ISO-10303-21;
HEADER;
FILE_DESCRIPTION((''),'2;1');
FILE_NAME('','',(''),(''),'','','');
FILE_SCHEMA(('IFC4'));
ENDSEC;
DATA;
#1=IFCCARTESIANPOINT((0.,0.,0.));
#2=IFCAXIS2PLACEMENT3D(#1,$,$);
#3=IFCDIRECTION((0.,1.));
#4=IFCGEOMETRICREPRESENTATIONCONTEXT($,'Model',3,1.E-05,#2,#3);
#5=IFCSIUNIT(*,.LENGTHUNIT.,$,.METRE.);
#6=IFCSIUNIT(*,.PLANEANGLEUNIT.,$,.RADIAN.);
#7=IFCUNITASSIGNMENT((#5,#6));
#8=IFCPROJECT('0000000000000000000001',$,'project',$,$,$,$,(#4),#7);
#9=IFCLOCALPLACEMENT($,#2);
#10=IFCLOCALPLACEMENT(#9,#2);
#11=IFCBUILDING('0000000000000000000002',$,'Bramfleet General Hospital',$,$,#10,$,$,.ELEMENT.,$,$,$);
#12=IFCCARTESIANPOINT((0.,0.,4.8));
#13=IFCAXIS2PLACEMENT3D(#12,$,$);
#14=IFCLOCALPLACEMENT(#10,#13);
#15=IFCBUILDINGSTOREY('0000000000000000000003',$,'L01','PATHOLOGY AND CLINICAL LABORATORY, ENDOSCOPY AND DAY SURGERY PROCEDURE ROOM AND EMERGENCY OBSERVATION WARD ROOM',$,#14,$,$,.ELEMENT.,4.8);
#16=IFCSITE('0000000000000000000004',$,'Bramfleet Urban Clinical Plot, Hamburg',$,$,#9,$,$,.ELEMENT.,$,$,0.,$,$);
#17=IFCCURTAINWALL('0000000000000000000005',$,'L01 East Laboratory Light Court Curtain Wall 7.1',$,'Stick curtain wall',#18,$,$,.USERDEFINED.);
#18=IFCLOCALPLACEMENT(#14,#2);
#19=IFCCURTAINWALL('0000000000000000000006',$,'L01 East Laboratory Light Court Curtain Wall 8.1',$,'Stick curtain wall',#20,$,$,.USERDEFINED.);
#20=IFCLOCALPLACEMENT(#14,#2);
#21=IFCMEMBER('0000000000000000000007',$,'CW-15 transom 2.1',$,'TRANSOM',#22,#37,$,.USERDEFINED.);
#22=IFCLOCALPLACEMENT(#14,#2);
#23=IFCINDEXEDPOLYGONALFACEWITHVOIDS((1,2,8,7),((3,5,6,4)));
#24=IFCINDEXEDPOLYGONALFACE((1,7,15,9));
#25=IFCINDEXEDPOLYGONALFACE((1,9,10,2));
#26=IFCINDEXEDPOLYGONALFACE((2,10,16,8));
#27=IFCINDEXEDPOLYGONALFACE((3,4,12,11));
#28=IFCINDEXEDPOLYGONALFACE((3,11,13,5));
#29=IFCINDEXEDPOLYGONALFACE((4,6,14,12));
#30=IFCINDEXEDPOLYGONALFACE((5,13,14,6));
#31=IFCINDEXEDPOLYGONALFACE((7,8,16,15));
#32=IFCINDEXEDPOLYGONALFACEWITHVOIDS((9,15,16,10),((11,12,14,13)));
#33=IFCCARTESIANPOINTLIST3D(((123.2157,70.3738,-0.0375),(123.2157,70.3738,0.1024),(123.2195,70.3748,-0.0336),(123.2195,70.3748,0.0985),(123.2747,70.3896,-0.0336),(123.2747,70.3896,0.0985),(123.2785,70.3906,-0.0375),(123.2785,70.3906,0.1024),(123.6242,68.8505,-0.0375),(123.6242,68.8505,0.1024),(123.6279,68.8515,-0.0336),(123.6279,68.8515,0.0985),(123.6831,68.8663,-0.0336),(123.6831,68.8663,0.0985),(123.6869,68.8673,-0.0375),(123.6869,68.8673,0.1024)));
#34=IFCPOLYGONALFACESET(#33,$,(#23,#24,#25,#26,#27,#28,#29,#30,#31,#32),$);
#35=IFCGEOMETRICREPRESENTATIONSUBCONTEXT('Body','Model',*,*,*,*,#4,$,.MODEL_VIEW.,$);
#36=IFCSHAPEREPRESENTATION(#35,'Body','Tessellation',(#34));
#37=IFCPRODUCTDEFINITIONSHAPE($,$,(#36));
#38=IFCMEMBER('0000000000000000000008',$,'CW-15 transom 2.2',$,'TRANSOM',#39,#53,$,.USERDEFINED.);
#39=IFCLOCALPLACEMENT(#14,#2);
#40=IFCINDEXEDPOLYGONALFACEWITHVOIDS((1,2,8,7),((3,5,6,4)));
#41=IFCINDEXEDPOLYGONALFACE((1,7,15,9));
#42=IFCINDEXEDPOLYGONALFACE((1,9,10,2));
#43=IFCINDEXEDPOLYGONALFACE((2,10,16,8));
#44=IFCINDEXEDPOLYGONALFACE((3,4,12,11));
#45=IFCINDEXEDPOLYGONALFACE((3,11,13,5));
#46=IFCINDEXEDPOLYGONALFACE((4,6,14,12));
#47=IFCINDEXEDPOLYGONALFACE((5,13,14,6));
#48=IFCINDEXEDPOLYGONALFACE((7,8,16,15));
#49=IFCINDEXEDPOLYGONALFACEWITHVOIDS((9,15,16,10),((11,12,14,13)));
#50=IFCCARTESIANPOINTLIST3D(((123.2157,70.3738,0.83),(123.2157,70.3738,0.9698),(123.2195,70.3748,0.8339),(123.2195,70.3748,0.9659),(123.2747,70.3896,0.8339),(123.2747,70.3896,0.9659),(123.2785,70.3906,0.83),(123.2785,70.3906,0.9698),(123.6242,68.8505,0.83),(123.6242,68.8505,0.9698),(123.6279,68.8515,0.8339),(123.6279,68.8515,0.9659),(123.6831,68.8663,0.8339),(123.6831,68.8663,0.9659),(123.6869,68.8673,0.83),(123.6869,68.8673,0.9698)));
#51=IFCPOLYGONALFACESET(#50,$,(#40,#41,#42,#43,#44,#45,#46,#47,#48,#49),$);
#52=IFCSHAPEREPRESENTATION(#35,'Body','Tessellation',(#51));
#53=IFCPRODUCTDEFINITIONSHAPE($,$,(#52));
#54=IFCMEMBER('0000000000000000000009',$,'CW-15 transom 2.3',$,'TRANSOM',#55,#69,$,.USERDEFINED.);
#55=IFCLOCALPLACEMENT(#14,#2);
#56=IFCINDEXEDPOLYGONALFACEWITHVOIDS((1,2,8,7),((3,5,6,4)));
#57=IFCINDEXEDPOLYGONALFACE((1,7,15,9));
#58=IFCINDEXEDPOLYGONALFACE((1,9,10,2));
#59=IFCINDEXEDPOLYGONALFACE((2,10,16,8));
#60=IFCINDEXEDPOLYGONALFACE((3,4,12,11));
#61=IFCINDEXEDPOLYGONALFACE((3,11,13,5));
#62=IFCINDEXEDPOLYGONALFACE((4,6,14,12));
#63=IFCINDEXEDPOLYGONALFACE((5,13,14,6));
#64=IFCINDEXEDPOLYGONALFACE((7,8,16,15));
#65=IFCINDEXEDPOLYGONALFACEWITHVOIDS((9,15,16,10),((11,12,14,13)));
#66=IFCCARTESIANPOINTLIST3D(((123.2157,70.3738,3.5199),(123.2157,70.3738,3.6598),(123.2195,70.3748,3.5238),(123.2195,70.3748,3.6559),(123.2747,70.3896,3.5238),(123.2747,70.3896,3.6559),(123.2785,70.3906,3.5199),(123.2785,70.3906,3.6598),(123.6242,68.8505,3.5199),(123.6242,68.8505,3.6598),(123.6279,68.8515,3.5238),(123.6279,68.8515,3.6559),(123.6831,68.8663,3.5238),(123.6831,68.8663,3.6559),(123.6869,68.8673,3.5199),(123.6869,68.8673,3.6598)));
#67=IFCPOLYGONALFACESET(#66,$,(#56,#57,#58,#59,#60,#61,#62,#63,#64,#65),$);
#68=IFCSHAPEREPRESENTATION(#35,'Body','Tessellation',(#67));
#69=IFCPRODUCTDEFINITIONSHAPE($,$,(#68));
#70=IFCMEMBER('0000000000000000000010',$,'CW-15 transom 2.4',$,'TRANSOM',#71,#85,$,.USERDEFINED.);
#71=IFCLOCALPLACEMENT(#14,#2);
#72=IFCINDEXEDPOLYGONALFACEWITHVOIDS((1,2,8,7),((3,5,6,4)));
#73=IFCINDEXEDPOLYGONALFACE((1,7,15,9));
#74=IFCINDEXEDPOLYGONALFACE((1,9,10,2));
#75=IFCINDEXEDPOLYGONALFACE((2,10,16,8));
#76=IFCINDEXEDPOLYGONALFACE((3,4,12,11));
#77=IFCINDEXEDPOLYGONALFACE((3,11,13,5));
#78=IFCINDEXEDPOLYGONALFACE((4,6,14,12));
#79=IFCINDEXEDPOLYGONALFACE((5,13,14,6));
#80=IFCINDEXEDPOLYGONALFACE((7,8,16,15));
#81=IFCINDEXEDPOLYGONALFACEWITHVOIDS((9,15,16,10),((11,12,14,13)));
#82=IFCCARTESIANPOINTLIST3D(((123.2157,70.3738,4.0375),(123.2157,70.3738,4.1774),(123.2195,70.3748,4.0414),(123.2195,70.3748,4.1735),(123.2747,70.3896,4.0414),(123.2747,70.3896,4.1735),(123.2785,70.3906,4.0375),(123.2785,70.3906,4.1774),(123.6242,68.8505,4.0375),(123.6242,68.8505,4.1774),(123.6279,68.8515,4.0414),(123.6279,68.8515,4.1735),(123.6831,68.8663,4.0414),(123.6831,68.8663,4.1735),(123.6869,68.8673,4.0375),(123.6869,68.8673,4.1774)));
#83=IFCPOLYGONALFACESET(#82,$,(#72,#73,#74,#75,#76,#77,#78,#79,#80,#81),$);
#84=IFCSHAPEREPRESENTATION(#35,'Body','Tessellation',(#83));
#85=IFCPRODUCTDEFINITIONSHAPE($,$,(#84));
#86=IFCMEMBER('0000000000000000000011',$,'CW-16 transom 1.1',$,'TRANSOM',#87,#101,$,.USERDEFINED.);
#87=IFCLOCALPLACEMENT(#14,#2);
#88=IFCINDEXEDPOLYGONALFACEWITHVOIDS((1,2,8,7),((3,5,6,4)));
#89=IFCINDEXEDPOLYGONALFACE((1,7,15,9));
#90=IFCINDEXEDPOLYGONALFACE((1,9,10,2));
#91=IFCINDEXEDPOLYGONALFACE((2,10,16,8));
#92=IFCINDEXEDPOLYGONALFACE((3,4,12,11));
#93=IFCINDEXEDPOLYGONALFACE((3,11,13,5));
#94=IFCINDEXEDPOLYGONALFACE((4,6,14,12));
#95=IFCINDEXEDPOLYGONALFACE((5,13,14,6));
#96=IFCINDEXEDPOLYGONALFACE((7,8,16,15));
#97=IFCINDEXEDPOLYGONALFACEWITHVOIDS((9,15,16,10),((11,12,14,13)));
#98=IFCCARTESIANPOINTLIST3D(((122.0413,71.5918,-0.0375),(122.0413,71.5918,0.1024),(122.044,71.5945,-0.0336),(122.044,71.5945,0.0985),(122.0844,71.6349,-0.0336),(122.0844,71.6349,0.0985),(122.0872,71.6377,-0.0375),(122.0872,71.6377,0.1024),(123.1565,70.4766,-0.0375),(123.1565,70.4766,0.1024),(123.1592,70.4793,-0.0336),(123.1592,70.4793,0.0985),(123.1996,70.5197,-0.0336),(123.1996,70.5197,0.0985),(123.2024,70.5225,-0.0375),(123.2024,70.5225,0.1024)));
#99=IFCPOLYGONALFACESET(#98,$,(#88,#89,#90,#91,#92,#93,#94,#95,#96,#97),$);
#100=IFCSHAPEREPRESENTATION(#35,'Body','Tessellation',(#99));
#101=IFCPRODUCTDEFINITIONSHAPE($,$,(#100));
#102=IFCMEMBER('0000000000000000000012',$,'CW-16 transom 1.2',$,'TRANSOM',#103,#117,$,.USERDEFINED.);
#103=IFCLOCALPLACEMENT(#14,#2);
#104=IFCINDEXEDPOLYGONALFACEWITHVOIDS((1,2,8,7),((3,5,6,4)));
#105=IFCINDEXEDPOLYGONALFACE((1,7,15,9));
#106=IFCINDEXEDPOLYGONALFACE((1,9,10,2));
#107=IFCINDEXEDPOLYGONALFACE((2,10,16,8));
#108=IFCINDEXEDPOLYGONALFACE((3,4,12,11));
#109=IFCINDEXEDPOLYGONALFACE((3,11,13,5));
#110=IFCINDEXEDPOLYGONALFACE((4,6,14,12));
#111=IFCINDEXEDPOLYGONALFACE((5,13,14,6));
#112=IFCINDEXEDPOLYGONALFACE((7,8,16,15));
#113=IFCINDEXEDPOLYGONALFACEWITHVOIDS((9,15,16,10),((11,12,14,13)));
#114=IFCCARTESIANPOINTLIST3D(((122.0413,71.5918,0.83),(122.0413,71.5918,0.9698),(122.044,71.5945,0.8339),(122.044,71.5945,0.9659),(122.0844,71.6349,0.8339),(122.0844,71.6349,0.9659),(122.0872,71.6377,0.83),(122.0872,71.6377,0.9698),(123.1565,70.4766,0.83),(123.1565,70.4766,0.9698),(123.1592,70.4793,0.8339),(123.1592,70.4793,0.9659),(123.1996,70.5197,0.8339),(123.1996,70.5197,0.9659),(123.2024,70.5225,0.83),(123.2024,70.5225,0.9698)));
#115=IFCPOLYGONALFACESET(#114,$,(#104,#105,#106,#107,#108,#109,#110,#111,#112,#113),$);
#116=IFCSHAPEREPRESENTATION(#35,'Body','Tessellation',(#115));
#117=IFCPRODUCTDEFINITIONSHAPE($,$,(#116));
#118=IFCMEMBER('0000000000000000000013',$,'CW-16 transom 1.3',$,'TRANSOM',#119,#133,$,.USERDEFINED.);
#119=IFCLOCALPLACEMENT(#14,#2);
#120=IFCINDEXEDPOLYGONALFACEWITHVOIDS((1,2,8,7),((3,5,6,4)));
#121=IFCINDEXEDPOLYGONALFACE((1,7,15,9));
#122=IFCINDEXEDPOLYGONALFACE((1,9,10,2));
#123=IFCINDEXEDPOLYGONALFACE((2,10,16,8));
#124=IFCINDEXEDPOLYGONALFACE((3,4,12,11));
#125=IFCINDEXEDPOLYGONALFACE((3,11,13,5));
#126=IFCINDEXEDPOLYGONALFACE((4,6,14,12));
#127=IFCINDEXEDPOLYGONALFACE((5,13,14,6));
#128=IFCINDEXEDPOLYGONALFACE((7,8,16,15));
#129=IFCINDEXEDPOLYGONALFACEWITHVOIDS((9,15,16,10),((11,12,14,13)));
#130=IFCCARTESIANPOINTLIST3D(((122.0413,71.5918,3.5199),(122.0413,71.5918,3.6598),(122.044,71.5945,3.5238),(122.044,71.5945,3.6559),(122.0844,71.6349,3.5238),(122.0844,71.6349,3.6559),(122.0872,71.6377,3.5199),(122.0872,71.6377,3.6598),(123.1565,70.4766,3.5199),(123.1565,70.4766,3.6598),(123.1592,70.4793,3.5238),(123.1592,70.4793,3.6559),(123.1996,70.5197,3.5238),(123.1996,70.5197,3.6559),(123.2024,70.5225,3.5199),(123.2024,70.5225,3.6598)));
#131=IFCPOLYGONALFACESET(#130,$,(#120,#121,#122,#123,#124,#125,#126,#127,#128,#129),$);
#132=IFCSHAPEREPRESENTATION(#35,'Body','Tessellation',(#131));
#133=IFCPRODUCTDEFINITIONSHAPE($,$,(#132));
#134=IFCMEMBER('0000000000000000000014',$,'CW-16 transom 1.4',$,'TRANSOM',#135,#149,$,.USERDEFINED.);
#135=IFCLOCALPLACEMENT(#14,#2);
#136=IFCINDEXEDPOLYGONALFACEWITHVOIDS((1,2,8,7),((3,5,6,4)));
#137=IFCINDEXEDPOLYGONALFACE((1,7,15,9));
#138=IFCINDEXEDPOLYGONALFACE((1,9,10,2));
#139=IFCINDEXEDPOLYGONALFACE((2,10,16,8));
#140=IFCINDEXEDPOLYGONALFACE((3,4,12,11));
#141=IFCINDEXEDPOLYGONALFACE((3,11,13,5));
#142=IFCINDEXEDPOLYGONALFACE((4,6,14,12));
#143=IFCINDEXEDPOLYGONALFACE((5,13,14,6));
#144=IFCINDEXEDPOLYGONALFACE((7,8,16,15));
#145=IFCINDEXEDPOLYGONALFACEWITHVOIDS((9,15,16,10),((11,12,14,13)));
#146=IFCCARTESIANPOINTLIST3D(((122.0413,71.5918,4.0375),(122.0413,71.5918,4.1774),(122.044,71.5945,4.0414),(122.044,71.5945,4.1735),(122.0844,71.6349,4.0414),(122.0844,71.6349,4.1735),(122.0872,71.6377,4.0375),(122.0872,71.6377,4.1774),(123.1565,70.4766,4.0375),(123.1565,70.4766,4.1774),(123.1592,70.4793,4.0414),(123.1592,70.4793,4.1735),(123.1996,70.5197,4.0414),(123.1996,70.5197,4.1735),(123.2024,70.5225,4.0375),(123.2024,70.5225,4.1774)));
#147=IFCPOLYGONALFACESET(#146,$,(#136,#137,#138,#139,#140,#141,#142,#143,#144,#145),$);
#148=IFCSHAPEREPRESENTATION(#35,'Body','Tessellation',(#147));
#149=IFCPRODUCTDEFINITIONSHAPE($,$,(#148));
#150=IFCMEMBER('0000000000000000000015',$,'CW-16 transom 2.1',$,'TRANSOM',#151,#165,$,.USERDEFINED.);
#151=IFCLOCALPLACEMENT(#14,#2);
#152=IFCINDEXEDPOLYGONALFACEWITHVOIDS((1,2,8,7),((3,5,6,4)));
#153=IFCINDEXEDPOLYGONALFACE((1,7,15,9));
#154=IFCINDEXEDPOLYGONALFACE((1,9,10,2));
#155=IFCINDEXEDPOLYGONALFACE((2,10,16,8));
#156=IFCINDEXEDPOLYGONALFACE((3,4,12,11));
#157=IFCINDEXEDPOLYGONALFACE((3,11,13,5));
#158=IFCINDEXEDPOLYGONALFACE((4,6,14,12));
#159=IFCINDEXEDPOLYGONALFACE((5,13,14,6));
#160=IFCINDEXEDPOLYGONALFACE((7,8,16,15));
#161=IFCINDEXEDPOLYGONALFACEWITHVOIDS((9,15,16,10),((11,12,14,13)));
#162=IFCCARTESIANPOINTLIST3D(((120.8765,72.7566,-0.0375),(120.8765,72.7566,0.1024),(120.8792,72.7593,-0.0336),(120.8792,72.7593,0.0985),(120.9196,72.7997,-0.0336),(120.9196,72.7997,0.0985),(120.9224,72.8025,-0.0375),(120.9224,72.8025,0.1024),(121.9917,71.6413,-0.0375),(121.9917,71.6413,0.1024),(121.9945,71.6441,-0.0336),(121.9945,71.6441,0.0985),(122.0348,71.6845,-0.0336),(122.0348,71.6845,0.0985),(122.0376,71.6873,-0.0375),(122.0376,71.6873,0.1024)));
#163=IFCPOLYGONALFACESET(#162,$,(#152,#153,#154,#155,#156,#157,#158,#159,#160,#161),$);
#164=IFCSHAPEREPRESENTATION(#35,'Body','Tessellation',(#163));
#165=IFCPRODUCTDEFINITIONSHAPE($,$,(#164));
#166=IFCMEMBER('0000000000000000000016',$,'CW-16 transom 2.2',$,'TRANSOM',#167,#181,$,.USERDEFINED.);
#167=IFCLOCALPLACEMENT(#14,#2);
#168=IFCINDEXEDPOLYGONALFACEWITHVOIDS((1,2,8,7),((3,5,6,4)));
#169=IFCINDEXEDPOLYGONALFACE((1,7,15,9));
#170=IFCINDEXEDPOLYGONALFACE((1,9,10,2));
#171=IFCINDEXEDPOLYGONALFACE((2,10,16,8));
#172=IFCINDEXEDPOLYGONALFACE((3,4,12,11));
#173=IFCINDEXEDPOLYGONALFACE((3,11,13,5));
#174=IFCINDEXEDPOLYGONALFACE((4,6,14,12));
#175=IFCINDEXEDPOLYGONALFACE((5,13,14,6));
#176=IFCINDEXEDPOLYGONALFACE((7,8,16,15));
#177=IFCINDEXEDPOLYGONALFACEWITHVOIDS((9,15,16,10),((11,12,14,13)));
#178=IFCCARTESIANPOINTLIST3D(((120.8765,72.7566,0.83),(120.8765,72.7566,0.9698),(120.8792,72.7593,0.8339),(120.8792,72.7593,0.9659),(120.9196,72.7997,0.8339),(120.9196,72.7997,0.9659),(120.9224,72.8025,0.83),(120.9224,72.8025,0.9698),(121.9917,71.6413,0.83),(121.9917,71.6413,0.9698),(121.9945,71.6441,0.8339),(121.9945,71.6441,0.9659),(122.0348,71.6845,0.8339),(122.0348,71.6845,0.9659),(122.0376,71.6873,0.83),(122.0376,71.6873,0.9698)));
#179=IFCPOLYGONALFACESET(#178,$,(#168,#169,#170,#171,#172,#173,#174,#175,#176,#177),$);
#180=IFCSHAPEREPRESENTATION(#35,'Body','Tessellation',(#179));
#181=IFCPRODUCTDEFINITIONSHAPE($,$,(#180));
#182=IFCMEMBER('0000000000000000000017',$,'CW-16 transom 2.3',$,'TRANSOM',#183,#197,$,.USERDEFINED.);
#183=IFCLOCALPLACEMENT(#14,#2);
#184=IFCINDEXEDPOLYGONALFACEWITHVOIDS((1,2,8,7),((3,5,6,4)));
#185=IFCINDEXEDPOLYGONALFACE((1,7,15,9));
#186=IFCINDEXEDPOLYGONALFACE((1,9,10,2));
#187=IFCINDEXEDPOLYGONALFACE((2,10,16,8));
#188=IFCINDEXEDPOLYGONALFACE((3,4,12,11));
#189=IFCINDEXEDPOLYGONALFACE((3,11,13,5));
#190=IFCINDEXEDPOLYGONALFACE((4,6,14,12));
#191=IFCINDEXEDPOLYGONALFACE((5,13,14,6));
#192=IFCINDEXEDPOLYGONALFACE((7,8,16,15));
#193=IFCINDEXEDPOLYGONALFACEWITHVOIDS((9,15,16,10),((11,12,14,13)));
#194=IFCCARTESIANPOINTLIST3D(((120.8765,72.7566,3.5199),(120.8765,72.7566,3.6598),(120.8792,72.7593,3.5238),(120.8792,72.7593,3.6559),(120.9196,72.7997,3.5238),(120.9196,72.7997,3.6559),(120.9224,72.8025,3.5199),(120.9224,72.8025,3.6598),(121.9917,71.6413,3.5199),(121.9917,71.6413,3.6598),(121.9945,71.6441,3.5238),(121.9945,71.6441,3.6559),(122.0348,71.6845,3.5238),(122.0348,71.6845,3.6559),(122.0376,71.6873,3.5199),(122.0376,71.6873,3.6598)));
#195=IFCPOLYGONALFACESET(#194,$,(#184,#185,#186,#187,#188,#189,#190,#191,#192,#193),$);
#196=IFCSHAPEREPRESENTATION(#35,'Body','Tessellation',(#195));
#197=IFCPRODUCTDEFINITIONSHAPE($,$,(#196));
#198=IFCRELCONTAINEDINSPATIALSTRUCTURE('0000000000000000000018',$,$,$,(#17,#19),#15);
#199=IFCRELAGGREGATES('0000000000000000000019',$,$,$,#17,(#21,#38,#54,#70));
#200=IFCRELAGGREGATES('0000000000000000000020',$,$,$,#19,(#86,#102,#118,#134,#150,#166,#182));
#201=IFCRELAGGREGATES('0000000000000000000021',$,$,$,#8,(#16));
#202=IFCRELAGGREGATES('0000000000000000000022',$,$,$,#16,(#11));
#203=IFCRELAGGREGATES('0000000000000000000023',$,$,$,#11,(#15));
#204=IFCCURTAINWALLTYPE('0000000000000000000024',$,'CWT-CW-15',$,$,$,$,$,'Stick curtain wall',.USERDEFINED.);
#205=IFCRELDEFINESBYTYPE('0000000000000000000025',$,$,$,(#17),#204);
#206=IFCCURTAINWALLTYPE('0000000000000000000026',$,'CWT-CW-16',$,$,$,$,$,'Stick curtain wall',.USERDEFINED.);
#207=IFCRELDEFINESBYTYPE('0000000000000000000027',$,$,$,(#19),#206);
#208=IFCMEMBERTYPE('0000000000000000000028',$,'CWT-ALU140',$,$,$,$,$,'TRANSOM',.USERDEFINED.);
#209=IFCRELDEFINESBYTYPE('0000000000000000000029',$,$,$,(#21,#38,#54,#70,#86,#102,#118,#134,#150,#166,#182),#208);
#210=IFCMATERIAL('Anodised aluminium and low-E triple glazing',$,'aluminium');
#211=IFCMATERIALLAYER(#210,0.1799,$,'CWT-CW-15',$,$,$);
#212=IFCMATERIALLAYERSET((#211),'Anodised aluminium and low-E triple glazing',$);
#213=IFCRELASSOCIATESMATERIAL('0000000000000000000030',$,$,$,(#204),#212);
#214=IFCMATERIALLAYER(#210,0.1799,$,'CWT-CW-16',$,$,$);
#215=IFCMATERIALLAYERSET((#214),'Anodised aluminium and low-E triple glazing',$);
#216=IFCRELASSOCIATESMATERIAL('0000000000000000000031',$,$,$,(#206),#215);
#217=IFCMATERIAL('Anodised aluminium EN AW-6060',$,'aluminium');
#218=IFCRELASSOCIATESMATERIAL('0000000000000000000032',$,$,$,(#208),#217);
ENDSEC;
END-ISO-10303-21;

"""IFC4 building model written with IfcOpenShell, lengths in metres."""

from ifc_helpers import new_model, si_unit, direction, frame, origin, origin_2d, place, context, subcontext, project, spatial, hollow_rectangle, extrude, material, layer, layer_set, material_profile, profile_set, type_object, element, aggregate, save


model = new_model("IFC4")

# Units and contexts
model_context = context("Model", 3, precision=1e-05, world=origin(), true_north=direction((0.0, 1.0)))
body_context = subcontext(model_context, "Body", "Model", "MODEL_VIEW")
ifc_project = project(units=[si_unit("LENGTHUNIT", "METRE"), si_unit("PLANEANGLEUNIT", "RADIAN")], contexts=[model_context])

# Site, building, storey
site_placement = place(None, origin())
site = spatial("IfcSite", under=ifc_project, at=site_placement, Name="Bramfleet Urban Clinical Plot, Hamburg", CompositionType="ELEMENT", RefElevation=0.0)
building_placement = place(site_placement, origin())
building = spatial("IfcBuilding", under=site, at=building_placement, Name="Bramfleet General Hospital", CompositionType="ELEMENT")
storey_placement = place(building_placement, frame((0.0, 0.0, 4.8)))
storey = spatial("IfcBuildingStorey", under=building, at=storey_placement, Name="L01", Description="PATHOLOGY AND CLINICAL LABORATORY, ENDOSCOPY AND DAY SURGERY PROCEDURE ROOM AND EMERGENCY OBSERVATION WARD ROOM", CompositionType="ELEMENT", Elevation=4.8)

# Curtain walls
ifc_material_1 = material(Name="Anodised aluminium and low-E triple glazing", Category="aluminium")
ifc_layer_1 = layer(ifc_material_1, 0.1799, Name="CWT-CW-15")
ifc_layer_set_1 = layer_set([ifc_layer_1], Name="Anodised aluminium and low-E triple glazing")
curtain_wall_type_1 = type_object("IfcCurtainWallType", Name="CWT-CW-15", ElementType="Stick curtain wall", PredefinedType="USERDEFINED", material=ifc_layer_set_1)
curtain_wall_1_placement = place(storey_placement, origin())
curtain_wall_1 = element("IfcCurtainWall", 1, at=curtain_wall_1_placement, inside=storey, type_object=curtain_wall_type_1, Name="L01 East Laboratory Light Court Curtain Wall 7.1", ObjectType="Stick curtain wall", PredefinedType="USERDEFINED")
ifc_material_2 = material(Name="Anodised aluminium EN AW-6060", Category="aluminium")
ifc_layer_2 = layer(ifc_material_1, 0.1799, Name="CWT-CW-16")
ifc_layer_set_2 = layer_set([ifc_layer_2], Name="Anodised aluminium and low-E triple glazing")
curtain_wall_type_2 = type_object("IfcCurtainWallType", Name="CWT-CW-16", ElementType="Stick curtain wall", PredefinedType="USERDEFINED", material=ifc_layer_set_2)
curtain_wall_2_placement = place(storey_placement, origin())
curtain_wall_2 = element("IfcCurtainWall", 2, at=curtain_wall_2_placement, inside=storey, type_object=curtain_wall_type_2, Name="L01 East Laboratory Light Court Curtain Wall 8.1", ObjectType="Stick curtain wall", PredefinedType="USERDEFINED")

# Members
ifc_material_profile_1 = material_profile(ifc_material_2, hollow_rectangle(XDim=0.0649, YDim=0.1399, WallThickness=0.0039, at=origin_2d()), Name="ALU 140x65x4.0")
ifc_profile_set_1 = profile_set([ifc_material_profile_1], Name="Anodised aluminium EN AW-6060")
member_type_1 = type_object("IfcMemberType", Name="CWT-ALU140", ElementType="TRANSOM", PredefinedType="USERDEFINED", material=ifc_profile_set_1)
member_1_placement = place(storey_placement, frame((123.6555, 68.8589, 0.0325), z_axis=(-0.258963, 0.965887, 0.0), x_axis=(-0.965887, -0.258963, 0.0)))
member_1 = element("IfcMember", 3, at=member_1_placement, type_object=member_type_1, Name="CW-15 transom 2.1", ObjectType="TRANSOM", PredefinedType="USERDEFINED", context=body_context, shape_type="SweptSolid", body=[
    extrude(hollow_rectangle(XDim=0.0649, YDim=0.1399, WallThickness=0.0039, at=origin_2d()), origin(), (0.0, 0.0, 1.0), 1.5771),
])
member_2_placement = place(storey_placement, frame((123.6555, 68.8589, 0.8999), z_axis=(-0.258963, 0.965887, 0.0), x_axis=(-0.965887, -0.258963, 0.0)))
member_2 = element("IfcMember", 4, at=member_2_placement, type_object=member_type_1, Name="CW-15 transom 2.2", ObjectType="TRANSOM", PredefinedType="USERDEFINED", context=body_context, shape_type="SweptSolid", body=[
    extrude(hollow_rectangle(XDim=0.0649, YDim=0.1399, WallThickness=0.0039, at=origin_2d()), origin(), (0.0, 0.0, 1.0), 1.5771),
])
member_3_placement = place(storey_placement, frame((123.6555, 68.8589, 3.5898), z_axis=(-0.258963, 0.965887, 0.0), x_axis=(-0.965887, -0.258963, 0.0)))
member_3 = element("IfcMember", 5, at=member_3_placement, type_object=member_type_1, Name="CW-15 transom 2.3", ObjectType="TRANSOM", PredefinedType="USERDEFINED", context=body_context, shape_type="SweptSolid", body=[
    extrude(hollow_rectangle(XDim=0.0649, YDim=0.1399, WallThickness=0.0039, at=origin_2d()), origin(), (0.0, 0.0, 1.0), 1.5771),
])
member_4_placement = place(storey_placement, frame((123.6555, 68.8589, 4.1074), z_axis=(-0.258963, 0.965887, 0.0), x_axis=(-0.965887, -0.258963, 0.0)))
member_4 = element("IfcMember", 6, at=member_4_placement, type_object=member_type_1, Name="CW-15 transom 2.4", ObjectType="TRANSOM", PredefinedType="USERDEFINED", context=body_context, shape_type="SweptSolid", body=[
    extrude(hollow_rectangle(XDim=0.0649, YDim=0.1399, WallThickness=0.0039, at=origin_2d()), origin(), (0.0, 0.0, 1.0), 1.5771),
])
member_5_placement = place(storey_placement, frame((123.1794, 70.4995, 0.0325), z_axis=(-0.707107, 0.707107, 0.0), x_axis=(-0.707107, -0.707107, 0.0)))
member_5 = element("IfcMember", 7, at=member_5_placement, type_object=member_type_1, Name="CW-16 transom 1.1", ObjectType="TRANSOM", PredefinedType="USERDEFINED", context=body_context, shape_type="SweptSolid", body=[
    extrude(hollow_rectangle(XDim=0.0649, YDim=0.1399, WallThickness=0.0039, at=origin_2d()), origin(), (0.0, 0.0, 1.0), 1.5771),
])
member_6_placement = place(storey_placement, frame((123.1794, 70.4995, 0.8999), z_axis=(-0.707107, 0.707107, 0.0), x_axis=(-0.707107, -0.707107, 0.0)))
member_6 = element("IfcMember", 8, at=member_6_placement, type_object=member_type_1, Name="CW-16 transom 1.2", ObjectType="TRANSOM", PredefinedType="USERDEFINED", context=body_context, shape_type="SweptSolid", body=[
    extrude(hollow_rectangle(XDim=0.0649, YDim=0.1399, WallThickness=0.0039, at=origin_2d()), origin(), (0.0, 0.0, 1.0), 1.5771),
])
member_7_placement = place(storey_placement, frame((123.1794, 70.4995, 3.5898), z_axis=(-0.707107, 0.707107, 0.0), x_axis=(-0.707107, -0.707107, 0.0)))
member_7 = element("IfcMember", 9, at=member_7_placement, type_object=member_type_1, Name="CW-16 transom 1.3", ObjectType="TRANSOM", PredefinedType="USERDEFINED", context=body_context, shape_type="SweptSolid", body=[
    extrude(hollow_rectangle(XDim=0.0649, YDim=0.1399, WallThickness=0.0039, at=origin_2d()), origin(), (0.0, 0.0, 1.0), 1.5771),
])
member_8_placement = place(storey_placement, frame((123.1794, 70.4995, 4.1074), z_axis=(-0.707107, 0.707107, 0.0), x_axis=(-0.707107, -0.707107, 0.0)))
member_8 = element("IfcMember", 10, at=member_8_placement, type_object=member_type_1, Name="CW-16 transom 1.4", ObjectType="TRANSOM", PredefinedType="USERDEFINED", context=body_context, shape_type="SweptSolid", body=[
    extrude(hollow_rectangle(XDim=0.0649, YDim=0.1399, WallThickness=0.0039, at=origin_2d()), origin(), (0.0, 0.0, 1.0), 1.5771),
])
member_9_placement = place(storey_placement, frame((122.0146, 71.6643, 0.0325), z_axis=(-0.707107, 0.707107, 0.0), x_axis=(-0.707107, -0.707107, 0.0)))
member_9 = element("IfcMember", 11, at=member_9_placement, type_object=member_type_1, Name="CW-16 transom 2.1", ObjectType="TRANSOM", PredefinedType="USERDEFINED", context=body_context, shape_type="SweptSolid", body=[
    extrude(hollow_rectangle(XDim=0.0649, YDim=0.1399, WallThickness=0.0039, at=origin_2d()), origin(), (0.0, 0.0, 1.0), 1.5771),
])
member_10_placement = place(storey_placement, frame((122.0146, 71.6643, 0.8999), z_axis=(-0.707107, 0.707107, 0.0), x_axis=(-0.707107, -0.707107, 0.0)))
member_10 = element("IfcMember", 12, at=member_10_placement, type_object=member_type_1, Name="CW-16 transom 2.2", ObjectType="TRANSOM", PredefinedType="USERDEFINED", context=body_context, shape_type="SweptSolid", body=[
    extrude(hollow_rectangle(XDim=0.0649, YDim=0.1399, WallThickness=0.0039, at=origin_2d()), origin(), (0.0, 0.0, 1.0), 1.5771),
])
member_11_placement = place(storey_placement, frame((122.0146, 71.6643, 3.5898), z_axis=(-0.707107, 0.707107, 0.0), x_axis=(-0.707107, -0.707107, 0.0)))
member_11 = element("IfcMember", 13, at=member_11_placement, type_object=member_type_1, Name="CW-16 transom 2.3", ObjectType="TRANSOM", PredefinedType="USERDEFINED", context=body_context, shape_type="SweptSolid", body=[
    extrude(hollow_rectangle(XDim=0.0649, YDim=0.1399, WallThickness=0.0039, at=origin_2d()), origin(), (0.0, 0.0, 1.0), 1.5771),
])

aggregate(curtain_wall_1, [member_1, member_2, member_3, member_4])
aggregate(curtain_wall_2, [member_5, member_6, member_7, member_8, member_9, member_10, member_11])

save(model, "model.ifc")
